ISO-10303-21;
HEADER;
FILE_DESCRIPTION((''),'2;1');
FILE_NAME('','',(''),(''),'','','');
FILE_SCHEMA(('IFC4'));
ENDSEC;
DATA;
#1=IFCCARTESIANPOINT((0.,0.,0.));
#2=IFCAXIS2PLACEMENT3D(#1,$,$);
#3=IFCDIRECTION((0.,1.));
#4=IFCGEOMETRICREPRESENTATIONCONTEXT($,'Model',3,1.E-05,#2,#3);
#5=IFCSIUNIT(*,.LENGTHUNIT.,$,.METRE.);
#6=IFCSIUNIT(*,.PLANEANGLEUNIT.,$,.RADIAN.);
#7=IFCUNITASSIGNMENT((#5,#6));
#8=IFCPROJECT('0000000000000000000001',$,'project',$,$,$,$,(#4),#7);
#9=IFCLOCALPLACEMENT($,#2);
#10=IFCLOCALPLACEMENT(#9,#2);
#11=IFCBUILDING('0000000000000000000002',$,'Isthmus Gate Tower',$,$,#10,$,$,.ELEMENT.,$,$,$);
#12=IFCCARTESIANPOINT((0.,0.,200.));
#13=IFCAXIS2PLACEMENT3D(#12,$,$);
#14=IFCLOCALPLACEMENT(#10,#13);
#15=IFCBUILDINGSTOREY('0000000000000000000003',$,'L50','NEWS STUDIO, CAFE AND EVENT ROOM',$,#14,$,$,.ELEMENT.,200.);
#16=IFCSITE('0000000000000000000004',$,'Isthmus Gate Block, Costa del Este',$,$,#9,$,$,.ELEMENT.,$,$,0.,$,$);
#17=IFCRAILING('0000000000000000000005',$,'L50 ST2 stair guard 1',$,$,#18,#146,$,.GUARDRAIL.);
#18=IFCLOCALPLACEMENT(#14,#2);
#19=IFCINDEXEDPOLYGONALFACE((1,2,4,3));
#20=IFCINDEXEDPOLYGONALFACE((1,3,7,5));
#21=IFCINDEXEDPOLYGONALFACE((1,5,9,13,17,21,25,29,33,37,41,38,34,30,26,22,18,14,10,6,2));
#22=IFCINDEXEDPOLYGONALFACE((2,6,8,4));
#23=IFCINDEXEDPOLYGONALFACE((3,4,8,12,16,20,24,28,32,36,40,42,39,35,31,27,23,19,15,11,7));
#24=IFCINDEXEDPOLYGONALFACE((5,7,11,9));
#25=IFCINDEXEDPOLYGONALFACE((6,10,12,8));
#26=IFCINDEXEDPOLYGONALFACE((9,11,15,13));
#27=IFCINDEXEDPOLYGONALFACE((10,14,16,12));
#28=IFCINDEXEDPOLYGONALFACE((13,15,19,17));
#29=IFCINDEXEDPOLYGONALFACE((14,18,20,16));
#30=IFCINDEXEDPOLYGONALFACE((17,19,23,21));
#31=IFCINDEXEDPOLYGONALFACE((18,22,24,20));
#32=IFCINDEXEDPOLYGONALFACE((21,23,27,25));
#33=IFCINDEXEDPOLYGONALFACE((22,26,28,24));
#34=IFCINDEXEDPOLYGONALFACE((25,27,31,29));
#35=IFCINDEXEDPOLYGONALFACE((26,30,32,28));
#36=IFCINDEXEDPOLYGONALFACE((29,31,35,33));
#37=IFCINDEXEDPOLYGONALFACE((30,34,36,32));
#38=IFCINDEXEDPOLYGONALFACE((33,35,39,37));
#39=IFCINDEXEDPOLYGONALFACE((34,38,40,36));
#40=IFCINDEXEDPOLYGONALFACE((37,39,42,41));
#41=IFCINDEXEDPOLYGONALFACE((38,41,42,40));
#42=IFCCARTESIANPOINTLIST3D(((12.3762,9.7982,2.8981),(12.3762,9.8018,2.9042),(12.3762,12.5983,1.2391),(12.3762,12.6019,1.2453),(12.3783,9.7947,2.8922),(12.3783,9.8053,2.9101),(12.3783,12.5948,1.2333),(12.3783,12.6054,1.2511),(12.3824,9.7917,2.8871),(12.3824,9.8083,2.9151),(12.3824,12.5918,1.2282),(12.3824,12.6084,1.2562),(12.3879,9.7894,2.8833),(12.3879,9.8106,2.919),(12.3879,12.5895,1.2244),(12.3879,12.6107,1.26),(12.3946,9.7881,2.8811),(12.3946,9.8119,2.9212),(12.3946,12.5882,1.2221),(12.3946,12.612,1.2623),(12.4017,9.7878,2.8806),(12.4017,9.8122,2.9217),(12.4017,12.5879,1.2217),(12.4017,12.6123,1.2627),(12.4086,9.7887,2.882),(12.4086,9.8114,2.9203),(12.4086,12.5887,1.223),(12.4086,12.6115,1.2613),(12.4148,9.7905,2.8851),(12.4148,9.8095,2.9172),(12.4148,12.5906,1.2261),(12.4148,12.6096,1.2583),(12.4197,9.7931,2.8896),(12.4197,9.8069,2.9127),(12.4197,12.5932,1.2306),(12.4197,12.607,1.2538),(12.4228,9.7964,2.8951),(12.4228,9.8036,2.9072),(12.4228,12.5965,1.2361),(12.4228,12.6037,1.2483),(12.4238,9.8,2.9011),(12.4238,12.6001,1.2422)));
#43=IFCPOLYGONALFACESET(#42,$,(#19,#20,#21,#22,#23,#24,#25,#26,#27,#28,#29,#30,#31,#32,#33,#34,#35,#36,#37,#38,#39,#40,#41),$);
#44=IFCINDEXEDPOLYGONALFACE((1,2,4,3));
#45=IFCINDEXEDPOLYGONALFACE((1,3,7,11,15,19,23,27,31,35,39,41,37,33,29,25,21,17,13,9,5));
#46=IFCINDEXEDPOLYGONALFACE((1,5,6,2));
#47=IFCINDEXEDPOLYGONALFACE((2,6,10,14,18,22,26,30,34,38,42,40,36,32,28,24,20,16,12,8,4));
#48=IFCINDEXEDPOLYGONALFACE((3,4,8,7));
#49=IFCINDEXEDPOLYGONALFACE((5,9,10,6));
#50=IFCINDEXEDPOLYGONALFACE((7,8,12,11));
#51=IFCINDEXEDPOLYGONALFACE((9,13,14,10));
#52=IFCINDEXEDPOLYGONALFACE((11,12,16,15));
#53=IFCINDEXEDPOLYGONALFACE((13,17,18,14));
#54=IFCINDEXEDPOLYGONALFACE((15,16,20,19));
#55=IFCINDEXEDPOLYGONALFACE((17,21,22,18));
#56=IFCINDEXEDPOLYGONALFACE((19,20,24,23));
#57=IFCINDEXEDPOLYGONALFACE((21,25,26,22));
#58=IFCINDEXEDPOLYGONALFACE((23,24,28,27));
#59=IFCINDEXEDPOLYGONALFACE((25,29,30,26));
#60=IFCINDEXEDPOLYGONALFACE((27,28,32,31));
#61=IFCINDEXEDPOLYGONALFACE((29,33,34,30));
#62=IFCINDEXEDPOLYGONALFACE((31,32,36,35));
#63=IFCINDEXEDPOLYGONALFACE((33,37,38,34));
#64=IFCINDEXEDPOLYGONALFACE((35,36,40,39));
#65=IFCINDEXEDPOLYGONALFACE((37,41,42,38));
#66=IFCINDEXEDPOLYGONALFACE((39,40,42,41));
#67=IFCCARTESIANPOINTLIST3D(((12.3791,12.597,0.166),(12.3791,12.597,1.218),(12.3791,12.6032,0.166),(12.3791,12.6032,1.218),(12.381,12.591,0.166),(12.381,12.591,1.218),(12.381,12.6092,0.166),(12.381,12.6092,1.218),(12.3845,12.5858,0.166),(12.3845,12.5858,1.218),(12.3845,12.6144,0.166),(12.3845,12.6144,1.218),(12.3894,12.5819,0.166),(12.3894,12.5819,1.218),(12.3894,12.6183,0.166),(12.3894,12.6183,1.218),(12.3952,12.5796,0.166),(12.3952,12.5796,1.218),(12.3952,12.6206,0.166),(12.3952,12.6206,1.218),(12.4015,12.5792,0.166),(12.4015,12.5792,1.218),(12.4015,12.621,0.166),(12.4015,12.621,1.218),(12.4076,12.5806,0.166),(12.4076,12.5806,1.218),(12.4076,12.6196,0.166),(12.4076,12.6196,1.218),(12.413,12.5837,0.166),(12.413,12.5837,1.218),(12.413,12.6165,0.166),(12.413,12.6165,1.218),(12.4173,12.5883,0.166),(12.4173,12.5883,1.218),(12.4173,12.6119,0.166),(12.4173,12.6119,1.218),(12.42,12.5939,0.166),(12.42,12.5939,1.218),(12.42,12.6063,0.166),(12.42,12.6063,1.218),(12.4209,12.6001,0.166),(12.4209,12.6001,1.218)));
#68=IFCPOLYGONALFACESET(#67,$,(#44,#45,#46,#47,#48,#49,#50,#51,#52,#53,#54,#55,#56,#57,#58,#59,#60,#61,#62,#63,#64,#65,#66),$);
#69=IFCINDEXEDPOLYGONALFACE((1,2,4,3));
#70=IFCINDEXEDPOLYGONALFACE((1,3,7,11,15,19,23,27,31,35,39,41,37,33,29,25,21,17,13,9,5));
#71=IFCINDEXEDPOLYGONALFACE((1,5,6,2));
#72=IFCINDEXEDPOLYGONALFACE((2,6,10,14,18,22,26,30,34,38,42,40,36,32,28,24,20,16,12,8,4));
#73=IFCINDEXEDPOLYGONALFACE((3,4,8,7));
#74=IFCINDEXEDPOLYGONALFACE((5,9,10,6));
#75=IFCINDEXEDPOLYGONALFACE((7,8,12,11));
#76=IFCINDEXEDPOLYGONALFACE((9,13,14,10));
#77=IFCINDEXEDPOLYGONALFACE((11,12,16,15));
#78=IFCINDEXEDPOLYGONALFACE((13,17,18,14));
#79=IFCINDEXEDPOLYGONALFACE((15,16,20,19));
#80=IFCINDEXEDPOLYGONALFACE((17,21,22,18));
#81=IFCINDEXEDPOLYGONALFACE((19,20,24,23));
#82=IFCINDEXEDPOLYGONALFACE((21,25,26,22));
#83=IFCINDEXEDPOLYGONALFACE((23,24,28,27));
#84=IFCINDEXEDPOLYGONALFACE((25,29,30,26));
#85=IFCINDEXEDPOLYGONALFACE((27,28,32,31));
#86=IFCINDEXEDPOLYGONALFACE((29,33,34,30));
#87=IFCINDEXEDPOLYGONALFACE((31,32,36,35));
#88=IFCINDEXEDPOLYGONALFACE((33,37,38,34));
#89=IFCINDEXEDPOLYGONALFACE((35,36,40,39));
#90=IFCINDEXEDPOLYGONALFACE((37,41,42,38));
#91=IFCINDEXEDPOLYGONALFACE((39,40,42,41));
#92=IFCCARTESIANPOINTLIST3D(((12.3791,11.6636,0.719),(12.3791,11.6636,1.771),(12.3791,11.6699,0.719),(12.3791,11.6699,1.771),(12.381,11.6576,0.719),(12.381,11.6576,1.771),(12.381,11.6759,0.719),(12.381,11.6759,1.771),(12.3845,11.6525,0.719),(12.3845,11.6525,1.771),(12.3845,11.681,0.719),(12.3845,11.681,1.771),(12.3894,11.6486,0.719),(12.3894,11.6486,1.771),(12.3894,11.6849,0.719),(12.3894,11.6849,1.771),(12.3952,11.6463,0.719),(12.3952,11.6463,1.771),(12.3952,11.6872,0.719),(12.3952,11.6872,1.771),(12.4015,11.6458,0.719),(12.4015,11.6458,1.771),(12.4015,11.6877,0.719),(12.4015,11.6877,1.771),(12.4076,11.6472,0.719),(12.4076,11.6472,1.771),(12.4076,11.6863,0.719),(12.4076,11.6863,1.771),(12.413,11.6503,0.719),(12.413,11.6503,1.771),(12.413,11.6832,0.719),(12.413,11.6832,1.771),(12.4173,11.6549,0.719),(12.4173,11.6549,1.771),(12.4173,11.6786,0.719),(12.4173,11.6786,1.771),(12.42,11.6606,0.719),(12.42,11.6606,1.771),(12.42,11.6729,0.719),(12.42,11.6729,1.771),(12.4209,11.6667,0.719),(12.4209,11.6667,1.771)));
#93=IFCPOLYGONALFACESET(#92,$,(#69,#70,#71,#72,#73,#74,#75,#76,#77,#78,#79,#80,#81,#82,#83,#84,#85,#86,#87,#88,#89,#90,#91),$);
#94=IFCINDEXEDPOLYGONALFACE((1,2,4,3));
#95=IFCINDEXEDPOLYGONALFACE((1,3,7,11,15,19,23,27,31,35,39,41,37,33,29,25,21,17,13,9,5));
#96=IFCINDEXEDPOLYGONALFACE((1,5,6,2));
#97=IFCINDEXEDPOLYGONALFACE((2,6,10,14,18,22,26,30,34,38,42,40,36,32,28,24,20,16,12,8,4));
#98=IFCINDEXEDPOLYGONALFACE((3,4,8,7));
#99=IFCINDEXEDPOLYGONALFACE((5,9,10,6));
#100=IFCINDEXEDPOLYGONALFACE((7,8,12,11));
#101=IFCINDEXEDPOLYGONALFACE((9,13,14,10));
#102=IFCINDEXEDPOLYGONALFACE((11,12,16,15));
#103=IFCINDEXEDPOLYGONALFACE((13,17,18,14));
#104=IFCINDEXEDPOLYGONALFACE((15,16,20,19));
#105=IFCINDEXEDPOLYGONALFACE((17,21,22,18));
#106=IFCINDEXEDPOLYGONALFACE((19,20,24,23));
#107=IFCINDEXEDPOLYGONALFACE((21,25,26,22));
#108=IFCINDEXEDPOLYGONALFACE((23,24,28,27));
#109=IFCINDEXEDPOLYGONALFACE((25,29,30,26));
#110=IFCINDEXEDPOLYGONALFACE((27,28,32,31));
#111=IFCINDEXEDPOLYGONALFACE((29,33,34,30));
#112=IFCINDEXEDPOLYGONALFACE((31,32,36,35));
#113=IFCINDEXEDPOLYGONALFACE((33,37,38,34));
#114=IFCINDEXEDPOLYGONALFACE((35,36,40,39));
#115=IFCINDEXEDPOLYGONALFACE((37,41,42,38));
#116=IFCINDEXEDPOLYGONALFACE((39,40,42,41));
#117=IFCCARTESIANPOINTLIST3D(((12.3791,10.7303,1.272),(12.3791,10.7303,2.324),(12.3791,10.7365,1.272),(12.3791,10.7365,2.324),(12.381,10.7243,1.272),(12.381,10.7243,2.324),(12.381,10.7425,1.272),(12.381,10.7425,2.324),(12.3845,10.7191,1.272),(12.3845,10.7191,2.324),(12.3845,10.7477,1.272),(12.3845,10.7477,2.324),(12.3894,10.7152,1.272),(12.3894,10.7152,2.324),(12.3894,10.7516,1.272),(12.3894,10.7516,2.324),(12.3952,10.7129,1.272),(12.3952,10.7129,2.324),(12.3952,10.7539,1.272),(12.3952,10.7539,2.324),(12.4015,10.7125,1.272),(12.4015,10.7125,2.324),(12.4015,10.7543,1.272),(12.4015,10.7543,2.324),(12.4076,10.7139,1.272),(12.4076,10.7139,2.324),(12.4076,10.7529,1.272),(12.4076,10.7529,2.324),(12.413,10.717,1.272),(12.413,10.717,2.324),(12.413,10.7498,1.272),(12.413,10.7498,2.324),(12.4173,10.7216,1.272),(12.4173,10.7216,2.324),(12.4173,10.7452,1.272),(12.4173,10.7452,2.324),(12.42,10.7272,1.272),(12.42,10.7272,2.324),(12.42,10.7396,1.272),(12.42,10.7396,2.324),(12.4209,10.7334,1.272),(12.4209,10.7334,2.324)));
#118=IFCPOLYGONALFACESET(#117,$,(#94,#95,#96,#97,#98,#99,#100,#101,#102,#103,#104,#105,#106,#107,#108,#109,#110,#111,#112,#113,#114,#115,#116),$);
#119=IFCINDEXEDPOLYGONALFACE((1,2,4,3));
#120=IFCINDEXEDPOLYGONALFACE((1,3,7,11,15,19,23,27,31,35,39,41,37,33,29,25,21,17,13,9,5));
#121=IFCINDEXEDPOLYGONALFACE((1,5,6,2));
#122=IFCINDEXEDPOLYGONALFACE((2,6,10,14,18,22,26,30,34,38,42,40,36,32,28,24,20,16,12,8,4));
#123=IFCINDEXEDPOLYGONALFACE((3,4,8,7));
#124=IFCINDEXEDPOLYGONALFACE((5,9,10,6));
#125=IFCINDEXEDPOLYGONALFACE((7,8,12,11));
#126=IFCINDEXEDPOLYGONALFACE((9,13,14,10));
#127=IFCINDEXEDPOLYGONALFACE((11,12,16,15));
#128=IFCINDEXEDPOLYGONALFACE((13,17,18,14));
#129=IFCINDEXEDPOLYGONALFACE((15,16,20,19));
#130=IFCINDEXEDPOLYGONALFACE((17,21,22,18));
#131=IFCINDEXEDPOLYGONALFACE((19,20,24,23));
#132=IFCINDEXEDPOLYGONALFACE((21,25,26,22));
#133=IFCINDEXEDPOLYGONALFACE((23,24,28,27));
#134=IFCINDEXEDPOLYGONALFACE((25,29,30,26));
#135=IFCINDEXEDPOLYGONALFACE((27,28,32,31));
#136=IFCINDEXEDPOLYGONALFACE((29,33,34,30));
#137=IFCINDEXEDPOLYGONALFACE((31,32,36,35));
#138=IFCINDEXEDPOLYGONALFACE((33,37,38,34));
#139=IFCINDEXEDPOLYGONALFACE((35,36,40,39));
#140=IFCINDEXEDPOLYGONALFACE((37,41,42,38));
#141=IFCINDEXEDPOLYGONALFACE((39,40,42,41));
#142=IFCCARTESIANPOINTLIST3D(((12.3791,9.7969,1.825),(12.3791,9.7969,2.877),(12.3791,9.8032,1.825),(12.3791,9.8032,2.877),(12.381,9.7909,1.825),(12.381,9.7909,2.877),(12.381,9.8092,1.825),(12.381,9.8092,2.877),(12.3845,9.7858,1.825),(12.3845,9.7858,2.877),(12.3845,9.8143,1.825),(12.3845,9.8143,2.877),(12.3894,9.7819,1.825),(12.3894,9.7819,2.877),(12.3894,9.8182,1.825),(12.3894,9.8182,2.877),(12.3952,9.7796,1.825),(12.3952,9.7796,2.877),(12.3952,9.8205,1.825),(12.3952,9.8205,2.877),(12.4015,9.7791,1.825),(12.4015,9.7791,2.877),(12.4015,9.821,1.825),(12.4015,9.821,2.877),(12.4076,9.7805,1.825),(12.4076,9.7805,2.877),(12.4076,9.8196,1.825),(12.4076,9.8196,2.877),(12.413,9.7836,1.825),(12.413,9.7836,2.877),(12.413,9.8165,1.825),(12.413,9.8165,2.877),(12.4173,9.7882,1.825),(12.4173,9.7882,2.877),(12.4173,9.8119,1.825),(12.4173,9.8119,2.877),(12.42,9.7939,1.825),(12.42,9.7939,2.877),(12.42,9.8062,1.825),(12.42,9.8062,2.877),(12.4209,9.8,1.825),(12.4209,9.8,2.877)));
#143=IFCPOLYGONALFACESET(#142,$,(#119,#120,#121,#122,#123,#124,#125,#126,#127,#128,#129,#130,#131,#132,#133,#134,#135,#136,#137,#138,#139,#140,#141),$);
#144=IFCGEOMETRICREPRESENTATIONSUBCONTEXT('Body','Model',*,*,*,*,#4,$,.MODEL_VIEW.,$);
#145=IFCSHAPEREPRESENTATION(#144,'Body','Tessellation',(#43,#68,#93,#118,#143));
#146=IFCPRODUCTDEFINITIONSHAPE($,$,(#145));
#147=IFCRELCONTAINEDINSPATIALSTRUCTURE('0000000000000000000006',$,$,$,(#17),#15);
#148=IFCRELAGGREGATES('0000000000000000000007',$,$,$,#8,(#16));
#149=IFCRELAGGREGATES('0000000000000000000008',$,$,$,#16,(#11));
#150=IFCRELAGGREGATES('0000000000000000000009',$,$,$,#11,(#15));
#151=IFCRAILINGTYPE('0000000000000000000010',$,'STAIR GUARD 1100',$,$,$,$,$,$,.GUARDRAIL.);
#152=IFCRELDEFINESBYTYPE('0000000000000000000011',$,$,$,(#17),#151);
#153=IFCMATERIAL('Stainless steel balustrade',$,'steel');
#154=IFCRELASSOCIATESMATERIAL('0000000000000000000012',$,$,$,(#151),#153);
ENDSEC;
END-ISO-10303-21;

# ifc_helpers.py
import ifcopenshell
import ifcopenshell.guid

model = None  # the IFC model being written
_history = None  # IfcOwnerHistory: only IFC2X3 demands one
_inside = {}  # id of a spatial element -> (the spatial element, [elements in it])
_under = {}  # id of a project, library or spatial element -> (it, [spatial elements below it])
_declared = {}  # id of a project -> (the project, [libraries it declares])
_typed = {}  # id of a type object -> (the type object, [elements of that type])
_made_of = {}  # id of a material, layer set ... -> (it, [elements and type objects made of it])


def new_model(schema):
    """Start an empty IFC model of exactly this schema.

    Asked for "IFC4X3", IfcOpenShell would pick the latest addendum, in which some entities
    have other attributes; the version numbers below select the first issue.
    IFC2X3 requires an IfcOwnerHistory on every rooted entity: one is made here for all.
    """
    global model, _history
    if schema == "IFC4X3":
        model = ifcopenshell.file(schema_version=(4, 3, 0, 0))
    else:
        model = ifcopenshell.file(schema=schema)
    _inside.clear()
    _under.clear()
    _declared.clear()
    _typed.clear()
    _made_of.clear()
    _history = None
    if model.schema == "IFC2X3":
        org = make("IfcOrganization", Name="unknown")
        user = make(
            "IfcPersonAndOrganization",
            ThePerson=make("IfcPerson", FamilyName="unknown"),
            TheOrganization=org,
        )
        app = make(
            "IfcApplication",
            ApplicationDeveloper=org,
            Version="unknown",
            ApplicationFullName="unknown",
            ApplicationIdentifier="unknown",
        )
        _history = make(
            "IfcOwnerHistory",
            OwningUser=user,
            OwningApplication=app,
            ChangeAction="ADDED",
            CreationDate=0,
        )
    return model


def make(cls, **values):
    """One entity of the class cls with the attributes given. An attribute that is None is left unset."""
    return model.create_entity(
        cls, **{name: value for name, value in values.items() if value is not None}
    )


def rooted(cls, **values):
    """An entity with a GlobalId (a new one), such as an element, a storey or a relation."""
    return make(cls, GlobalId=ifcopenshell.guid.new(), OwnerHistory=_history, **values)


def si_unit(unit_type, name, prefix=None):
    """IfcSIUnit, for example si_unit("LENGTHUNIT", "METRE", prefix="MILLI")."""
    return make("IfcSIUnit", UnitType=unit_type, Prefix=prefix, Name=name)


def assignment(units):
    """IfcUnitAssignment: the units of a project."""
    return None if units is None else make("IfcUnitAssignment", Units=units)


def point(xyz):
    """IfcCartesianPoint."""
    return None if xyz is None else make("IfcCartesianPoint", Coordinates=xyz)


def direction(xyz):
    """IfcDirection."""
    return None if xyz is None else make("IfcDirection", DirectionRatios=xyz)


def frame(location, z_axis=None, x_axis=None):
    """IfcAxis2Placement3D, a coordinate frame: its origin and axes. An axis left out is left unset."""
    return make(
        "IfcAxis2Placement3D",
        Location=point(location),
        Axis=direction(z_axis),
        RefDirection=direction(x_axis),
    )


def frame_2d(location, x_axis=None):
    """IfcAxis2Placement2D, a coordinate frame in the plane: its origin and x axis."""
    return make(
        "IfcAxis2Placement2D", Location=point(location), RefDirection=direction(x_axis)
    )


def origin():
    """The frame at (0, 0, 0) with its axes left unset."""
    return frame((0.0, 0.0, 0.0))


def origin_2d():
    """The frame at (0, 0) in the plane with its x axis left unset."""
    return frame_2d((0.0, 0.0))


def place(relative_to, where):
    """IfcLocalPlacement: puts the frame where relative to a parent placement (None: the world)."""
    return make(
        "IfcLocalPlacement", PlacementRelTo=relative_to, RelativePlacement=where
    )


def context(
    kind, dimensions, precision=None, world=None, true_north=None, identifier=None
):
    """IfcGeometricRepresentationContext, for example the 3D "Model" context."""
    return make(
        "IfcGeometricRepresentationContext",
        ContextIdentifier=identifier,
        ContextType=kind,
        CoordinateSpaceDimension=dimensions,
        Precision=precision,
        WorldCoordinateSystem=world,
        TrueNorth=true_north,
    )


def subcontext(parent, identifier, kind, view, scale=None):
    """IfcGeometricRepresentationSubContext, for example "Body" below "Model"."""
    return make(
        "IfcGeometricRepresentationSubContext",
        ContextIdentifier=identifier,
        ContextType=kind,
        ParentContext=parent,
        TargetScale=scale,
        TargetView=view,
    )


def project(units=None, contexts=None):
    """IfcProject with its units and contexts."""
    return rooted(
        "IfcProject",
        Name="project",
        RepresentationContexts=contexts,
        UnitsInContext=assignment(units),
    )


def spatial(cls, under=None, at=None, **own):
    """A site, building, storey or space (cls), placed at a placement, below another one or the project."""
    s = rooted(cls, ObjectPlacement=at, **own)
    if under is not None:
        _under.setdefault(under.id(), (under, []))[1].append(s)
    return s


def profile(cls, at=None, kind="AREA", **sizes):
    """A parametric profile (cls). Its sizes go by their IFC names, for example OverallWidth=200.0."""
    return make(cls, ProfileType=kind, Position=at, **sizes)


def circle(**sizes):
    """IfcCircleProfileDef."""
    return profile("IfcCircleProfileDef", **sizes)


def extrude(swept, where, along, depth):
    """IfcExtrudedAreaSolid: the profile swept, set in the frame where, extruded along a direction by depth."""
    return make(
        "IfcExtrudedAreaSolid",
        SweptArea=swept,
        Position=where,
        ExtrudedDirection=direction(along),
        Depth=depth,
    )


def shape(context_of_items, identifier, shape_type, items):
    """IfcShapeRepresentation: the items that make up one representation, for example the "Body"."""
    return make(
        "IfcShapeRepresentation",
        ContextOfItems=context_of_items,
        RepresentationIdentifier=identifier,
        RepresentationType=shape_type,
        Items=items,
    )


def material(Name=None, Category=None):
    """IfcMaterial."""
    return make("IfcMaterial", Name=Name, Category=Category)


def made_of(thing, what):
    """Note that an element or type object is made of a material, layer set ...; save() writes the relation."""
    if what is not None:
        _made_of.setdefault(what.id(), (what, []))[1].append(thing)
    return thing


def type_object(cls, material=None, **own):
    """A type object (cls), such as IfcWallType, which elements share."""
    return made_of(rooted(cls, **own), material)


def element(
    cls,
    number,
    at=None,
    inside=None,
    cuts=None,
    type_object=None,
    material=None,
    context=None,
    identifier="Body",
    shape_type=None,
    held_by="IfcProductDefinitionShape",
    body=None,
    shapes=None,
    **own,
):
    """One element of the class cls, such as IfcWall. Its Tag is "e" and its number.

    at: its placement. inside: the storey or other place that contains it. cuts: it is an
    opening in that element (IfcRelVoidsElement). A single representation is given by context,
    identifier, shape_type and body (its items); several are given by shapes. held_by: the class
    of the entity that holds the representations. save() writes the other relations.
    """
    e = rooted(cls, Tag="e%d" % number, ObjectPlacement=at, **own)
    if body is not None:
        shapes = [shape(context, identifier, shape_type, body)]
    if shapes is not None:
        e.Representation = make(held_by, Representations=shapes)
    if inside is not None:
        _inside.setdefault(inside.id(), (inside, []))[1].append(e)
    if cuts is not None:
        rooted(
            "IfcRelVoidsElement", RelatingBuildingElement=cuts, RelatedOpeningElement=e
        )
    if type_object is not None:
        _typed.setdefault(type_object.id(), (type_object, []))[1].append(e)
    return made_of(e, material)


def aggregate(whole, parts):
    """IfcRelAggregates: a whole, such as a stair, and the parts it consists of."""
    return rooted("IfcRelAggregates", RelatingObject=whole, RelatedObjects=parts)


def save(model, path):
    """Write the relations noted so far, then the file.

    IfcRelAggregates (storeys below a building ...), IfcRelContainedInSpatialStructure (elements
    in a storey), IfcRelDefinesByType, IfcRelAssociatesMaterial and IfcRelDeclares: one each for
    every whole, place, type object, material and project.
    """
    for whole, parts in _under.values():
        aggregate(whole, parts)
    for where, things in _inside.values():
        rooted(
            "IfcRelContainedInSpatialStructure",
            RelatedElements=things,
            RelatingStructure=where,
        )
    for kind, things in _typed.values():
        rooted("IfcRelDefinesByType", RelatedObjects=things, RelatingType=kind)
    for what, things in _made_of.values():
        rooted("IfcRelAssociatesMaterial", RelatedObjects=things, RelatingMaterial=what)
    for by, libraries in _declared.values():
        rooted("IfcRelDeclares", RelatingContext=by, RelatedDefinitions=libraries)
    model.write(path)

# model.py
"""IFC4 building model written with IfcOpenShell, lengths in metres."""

from ifc_helpers import new_model, si_unit, direction, frame, origin, origin_2d, place, context, subcontext, project, spatial, circle, extrude, material, type_object, element, save


model = new_model("IFC4")

# Units and contexts
model_context = context("Model", 3, precision=1e-05, world=origin(), true_north=direction((0.0, 1.0)))
body_context = subcontext(model_context, "Body", "Model", "MODEL_VIEW")
ifc_project = project(units=[si_unit("LENGTHUNIT", "METRE"), si_unit("PLANEANGLEUNIT", "RADIAN")], contexts=[model_context])

# Site, building, storey
site_placement = place(None, origin())
site = spatial("IfcSite", under=ifc_project, at=site_placement, Name="Isthmus Gate Block, Costa del Este", CompositionType="ELEMENT", RefElevation=0.0)
building_placement = place(site_placement, origin())
building = spatial("IfcBuilding", under=site, at=building_placement, Name="Isthmus Gate Tower", CompositionType="ELEMENT")
storey_placement = place(building_placement, frame((0.0, 0.0, 200.0)))
storey = spatial("IfcBuildingStorey", under=building, at=storey_placement, Name="L50", Description="NEWS STUDIO, CAFE AND EVENT ROOM", CompositionType="ELEMENT", Elevation=200.0)

# Railing
ifc_material_1 = material(Name="Stainless steel balustrade", Category="steel")
railing_type_1 = type_object("IfcRailingType", Name="STAIR GUARD 1100", PredefinedType="GUARDRAIL", material=ifc_material_1)
railing_1_placement = place(storey_placement, frame((12.3999, 12.6001, 0.166)))
element("IfcRailing", 1, at=railing_1_placement, inside=storey, type_object=railing_type_1, Name="L50 ST2 stair guard 1", PredefinedType="GUARDRAIL", context=body_context, shape_type="SweptSolid", body=[
    extrude(circle(Radius=0.0239, at=origin_2d()), frame((0.0, 0.0, 1.0762), z_axis=(0.0, -0.860339, 0.509722), x_axis=(1.0, 0.0, 0.0)), (0.0, 0.0, 1.0), 3.2546),
    extrude(circle(Radius=0.021, at=origin_2d()), origin(), (0.0, 0.0, 1.0), 1.052),
    extrude(circle(Radius=0.021, at=origin_2d()), frame((0.0, -0.9333, 0.553)), (0.0, 0.0, 1.0), 1.052),
    extrude(circle(Radius=0.021, at=origin_2d()), frame((0.0, -1.8667, 1.106)), (0.0, 0.0, 1.0), 1.052),
    extrude(circle(Radius=0.021, at=origin_2d()), frame((0.0, -2.8, 1.6589)), (0.0, 0.0, 1.0), 1.052),
])

save(model, "model.ifc")
